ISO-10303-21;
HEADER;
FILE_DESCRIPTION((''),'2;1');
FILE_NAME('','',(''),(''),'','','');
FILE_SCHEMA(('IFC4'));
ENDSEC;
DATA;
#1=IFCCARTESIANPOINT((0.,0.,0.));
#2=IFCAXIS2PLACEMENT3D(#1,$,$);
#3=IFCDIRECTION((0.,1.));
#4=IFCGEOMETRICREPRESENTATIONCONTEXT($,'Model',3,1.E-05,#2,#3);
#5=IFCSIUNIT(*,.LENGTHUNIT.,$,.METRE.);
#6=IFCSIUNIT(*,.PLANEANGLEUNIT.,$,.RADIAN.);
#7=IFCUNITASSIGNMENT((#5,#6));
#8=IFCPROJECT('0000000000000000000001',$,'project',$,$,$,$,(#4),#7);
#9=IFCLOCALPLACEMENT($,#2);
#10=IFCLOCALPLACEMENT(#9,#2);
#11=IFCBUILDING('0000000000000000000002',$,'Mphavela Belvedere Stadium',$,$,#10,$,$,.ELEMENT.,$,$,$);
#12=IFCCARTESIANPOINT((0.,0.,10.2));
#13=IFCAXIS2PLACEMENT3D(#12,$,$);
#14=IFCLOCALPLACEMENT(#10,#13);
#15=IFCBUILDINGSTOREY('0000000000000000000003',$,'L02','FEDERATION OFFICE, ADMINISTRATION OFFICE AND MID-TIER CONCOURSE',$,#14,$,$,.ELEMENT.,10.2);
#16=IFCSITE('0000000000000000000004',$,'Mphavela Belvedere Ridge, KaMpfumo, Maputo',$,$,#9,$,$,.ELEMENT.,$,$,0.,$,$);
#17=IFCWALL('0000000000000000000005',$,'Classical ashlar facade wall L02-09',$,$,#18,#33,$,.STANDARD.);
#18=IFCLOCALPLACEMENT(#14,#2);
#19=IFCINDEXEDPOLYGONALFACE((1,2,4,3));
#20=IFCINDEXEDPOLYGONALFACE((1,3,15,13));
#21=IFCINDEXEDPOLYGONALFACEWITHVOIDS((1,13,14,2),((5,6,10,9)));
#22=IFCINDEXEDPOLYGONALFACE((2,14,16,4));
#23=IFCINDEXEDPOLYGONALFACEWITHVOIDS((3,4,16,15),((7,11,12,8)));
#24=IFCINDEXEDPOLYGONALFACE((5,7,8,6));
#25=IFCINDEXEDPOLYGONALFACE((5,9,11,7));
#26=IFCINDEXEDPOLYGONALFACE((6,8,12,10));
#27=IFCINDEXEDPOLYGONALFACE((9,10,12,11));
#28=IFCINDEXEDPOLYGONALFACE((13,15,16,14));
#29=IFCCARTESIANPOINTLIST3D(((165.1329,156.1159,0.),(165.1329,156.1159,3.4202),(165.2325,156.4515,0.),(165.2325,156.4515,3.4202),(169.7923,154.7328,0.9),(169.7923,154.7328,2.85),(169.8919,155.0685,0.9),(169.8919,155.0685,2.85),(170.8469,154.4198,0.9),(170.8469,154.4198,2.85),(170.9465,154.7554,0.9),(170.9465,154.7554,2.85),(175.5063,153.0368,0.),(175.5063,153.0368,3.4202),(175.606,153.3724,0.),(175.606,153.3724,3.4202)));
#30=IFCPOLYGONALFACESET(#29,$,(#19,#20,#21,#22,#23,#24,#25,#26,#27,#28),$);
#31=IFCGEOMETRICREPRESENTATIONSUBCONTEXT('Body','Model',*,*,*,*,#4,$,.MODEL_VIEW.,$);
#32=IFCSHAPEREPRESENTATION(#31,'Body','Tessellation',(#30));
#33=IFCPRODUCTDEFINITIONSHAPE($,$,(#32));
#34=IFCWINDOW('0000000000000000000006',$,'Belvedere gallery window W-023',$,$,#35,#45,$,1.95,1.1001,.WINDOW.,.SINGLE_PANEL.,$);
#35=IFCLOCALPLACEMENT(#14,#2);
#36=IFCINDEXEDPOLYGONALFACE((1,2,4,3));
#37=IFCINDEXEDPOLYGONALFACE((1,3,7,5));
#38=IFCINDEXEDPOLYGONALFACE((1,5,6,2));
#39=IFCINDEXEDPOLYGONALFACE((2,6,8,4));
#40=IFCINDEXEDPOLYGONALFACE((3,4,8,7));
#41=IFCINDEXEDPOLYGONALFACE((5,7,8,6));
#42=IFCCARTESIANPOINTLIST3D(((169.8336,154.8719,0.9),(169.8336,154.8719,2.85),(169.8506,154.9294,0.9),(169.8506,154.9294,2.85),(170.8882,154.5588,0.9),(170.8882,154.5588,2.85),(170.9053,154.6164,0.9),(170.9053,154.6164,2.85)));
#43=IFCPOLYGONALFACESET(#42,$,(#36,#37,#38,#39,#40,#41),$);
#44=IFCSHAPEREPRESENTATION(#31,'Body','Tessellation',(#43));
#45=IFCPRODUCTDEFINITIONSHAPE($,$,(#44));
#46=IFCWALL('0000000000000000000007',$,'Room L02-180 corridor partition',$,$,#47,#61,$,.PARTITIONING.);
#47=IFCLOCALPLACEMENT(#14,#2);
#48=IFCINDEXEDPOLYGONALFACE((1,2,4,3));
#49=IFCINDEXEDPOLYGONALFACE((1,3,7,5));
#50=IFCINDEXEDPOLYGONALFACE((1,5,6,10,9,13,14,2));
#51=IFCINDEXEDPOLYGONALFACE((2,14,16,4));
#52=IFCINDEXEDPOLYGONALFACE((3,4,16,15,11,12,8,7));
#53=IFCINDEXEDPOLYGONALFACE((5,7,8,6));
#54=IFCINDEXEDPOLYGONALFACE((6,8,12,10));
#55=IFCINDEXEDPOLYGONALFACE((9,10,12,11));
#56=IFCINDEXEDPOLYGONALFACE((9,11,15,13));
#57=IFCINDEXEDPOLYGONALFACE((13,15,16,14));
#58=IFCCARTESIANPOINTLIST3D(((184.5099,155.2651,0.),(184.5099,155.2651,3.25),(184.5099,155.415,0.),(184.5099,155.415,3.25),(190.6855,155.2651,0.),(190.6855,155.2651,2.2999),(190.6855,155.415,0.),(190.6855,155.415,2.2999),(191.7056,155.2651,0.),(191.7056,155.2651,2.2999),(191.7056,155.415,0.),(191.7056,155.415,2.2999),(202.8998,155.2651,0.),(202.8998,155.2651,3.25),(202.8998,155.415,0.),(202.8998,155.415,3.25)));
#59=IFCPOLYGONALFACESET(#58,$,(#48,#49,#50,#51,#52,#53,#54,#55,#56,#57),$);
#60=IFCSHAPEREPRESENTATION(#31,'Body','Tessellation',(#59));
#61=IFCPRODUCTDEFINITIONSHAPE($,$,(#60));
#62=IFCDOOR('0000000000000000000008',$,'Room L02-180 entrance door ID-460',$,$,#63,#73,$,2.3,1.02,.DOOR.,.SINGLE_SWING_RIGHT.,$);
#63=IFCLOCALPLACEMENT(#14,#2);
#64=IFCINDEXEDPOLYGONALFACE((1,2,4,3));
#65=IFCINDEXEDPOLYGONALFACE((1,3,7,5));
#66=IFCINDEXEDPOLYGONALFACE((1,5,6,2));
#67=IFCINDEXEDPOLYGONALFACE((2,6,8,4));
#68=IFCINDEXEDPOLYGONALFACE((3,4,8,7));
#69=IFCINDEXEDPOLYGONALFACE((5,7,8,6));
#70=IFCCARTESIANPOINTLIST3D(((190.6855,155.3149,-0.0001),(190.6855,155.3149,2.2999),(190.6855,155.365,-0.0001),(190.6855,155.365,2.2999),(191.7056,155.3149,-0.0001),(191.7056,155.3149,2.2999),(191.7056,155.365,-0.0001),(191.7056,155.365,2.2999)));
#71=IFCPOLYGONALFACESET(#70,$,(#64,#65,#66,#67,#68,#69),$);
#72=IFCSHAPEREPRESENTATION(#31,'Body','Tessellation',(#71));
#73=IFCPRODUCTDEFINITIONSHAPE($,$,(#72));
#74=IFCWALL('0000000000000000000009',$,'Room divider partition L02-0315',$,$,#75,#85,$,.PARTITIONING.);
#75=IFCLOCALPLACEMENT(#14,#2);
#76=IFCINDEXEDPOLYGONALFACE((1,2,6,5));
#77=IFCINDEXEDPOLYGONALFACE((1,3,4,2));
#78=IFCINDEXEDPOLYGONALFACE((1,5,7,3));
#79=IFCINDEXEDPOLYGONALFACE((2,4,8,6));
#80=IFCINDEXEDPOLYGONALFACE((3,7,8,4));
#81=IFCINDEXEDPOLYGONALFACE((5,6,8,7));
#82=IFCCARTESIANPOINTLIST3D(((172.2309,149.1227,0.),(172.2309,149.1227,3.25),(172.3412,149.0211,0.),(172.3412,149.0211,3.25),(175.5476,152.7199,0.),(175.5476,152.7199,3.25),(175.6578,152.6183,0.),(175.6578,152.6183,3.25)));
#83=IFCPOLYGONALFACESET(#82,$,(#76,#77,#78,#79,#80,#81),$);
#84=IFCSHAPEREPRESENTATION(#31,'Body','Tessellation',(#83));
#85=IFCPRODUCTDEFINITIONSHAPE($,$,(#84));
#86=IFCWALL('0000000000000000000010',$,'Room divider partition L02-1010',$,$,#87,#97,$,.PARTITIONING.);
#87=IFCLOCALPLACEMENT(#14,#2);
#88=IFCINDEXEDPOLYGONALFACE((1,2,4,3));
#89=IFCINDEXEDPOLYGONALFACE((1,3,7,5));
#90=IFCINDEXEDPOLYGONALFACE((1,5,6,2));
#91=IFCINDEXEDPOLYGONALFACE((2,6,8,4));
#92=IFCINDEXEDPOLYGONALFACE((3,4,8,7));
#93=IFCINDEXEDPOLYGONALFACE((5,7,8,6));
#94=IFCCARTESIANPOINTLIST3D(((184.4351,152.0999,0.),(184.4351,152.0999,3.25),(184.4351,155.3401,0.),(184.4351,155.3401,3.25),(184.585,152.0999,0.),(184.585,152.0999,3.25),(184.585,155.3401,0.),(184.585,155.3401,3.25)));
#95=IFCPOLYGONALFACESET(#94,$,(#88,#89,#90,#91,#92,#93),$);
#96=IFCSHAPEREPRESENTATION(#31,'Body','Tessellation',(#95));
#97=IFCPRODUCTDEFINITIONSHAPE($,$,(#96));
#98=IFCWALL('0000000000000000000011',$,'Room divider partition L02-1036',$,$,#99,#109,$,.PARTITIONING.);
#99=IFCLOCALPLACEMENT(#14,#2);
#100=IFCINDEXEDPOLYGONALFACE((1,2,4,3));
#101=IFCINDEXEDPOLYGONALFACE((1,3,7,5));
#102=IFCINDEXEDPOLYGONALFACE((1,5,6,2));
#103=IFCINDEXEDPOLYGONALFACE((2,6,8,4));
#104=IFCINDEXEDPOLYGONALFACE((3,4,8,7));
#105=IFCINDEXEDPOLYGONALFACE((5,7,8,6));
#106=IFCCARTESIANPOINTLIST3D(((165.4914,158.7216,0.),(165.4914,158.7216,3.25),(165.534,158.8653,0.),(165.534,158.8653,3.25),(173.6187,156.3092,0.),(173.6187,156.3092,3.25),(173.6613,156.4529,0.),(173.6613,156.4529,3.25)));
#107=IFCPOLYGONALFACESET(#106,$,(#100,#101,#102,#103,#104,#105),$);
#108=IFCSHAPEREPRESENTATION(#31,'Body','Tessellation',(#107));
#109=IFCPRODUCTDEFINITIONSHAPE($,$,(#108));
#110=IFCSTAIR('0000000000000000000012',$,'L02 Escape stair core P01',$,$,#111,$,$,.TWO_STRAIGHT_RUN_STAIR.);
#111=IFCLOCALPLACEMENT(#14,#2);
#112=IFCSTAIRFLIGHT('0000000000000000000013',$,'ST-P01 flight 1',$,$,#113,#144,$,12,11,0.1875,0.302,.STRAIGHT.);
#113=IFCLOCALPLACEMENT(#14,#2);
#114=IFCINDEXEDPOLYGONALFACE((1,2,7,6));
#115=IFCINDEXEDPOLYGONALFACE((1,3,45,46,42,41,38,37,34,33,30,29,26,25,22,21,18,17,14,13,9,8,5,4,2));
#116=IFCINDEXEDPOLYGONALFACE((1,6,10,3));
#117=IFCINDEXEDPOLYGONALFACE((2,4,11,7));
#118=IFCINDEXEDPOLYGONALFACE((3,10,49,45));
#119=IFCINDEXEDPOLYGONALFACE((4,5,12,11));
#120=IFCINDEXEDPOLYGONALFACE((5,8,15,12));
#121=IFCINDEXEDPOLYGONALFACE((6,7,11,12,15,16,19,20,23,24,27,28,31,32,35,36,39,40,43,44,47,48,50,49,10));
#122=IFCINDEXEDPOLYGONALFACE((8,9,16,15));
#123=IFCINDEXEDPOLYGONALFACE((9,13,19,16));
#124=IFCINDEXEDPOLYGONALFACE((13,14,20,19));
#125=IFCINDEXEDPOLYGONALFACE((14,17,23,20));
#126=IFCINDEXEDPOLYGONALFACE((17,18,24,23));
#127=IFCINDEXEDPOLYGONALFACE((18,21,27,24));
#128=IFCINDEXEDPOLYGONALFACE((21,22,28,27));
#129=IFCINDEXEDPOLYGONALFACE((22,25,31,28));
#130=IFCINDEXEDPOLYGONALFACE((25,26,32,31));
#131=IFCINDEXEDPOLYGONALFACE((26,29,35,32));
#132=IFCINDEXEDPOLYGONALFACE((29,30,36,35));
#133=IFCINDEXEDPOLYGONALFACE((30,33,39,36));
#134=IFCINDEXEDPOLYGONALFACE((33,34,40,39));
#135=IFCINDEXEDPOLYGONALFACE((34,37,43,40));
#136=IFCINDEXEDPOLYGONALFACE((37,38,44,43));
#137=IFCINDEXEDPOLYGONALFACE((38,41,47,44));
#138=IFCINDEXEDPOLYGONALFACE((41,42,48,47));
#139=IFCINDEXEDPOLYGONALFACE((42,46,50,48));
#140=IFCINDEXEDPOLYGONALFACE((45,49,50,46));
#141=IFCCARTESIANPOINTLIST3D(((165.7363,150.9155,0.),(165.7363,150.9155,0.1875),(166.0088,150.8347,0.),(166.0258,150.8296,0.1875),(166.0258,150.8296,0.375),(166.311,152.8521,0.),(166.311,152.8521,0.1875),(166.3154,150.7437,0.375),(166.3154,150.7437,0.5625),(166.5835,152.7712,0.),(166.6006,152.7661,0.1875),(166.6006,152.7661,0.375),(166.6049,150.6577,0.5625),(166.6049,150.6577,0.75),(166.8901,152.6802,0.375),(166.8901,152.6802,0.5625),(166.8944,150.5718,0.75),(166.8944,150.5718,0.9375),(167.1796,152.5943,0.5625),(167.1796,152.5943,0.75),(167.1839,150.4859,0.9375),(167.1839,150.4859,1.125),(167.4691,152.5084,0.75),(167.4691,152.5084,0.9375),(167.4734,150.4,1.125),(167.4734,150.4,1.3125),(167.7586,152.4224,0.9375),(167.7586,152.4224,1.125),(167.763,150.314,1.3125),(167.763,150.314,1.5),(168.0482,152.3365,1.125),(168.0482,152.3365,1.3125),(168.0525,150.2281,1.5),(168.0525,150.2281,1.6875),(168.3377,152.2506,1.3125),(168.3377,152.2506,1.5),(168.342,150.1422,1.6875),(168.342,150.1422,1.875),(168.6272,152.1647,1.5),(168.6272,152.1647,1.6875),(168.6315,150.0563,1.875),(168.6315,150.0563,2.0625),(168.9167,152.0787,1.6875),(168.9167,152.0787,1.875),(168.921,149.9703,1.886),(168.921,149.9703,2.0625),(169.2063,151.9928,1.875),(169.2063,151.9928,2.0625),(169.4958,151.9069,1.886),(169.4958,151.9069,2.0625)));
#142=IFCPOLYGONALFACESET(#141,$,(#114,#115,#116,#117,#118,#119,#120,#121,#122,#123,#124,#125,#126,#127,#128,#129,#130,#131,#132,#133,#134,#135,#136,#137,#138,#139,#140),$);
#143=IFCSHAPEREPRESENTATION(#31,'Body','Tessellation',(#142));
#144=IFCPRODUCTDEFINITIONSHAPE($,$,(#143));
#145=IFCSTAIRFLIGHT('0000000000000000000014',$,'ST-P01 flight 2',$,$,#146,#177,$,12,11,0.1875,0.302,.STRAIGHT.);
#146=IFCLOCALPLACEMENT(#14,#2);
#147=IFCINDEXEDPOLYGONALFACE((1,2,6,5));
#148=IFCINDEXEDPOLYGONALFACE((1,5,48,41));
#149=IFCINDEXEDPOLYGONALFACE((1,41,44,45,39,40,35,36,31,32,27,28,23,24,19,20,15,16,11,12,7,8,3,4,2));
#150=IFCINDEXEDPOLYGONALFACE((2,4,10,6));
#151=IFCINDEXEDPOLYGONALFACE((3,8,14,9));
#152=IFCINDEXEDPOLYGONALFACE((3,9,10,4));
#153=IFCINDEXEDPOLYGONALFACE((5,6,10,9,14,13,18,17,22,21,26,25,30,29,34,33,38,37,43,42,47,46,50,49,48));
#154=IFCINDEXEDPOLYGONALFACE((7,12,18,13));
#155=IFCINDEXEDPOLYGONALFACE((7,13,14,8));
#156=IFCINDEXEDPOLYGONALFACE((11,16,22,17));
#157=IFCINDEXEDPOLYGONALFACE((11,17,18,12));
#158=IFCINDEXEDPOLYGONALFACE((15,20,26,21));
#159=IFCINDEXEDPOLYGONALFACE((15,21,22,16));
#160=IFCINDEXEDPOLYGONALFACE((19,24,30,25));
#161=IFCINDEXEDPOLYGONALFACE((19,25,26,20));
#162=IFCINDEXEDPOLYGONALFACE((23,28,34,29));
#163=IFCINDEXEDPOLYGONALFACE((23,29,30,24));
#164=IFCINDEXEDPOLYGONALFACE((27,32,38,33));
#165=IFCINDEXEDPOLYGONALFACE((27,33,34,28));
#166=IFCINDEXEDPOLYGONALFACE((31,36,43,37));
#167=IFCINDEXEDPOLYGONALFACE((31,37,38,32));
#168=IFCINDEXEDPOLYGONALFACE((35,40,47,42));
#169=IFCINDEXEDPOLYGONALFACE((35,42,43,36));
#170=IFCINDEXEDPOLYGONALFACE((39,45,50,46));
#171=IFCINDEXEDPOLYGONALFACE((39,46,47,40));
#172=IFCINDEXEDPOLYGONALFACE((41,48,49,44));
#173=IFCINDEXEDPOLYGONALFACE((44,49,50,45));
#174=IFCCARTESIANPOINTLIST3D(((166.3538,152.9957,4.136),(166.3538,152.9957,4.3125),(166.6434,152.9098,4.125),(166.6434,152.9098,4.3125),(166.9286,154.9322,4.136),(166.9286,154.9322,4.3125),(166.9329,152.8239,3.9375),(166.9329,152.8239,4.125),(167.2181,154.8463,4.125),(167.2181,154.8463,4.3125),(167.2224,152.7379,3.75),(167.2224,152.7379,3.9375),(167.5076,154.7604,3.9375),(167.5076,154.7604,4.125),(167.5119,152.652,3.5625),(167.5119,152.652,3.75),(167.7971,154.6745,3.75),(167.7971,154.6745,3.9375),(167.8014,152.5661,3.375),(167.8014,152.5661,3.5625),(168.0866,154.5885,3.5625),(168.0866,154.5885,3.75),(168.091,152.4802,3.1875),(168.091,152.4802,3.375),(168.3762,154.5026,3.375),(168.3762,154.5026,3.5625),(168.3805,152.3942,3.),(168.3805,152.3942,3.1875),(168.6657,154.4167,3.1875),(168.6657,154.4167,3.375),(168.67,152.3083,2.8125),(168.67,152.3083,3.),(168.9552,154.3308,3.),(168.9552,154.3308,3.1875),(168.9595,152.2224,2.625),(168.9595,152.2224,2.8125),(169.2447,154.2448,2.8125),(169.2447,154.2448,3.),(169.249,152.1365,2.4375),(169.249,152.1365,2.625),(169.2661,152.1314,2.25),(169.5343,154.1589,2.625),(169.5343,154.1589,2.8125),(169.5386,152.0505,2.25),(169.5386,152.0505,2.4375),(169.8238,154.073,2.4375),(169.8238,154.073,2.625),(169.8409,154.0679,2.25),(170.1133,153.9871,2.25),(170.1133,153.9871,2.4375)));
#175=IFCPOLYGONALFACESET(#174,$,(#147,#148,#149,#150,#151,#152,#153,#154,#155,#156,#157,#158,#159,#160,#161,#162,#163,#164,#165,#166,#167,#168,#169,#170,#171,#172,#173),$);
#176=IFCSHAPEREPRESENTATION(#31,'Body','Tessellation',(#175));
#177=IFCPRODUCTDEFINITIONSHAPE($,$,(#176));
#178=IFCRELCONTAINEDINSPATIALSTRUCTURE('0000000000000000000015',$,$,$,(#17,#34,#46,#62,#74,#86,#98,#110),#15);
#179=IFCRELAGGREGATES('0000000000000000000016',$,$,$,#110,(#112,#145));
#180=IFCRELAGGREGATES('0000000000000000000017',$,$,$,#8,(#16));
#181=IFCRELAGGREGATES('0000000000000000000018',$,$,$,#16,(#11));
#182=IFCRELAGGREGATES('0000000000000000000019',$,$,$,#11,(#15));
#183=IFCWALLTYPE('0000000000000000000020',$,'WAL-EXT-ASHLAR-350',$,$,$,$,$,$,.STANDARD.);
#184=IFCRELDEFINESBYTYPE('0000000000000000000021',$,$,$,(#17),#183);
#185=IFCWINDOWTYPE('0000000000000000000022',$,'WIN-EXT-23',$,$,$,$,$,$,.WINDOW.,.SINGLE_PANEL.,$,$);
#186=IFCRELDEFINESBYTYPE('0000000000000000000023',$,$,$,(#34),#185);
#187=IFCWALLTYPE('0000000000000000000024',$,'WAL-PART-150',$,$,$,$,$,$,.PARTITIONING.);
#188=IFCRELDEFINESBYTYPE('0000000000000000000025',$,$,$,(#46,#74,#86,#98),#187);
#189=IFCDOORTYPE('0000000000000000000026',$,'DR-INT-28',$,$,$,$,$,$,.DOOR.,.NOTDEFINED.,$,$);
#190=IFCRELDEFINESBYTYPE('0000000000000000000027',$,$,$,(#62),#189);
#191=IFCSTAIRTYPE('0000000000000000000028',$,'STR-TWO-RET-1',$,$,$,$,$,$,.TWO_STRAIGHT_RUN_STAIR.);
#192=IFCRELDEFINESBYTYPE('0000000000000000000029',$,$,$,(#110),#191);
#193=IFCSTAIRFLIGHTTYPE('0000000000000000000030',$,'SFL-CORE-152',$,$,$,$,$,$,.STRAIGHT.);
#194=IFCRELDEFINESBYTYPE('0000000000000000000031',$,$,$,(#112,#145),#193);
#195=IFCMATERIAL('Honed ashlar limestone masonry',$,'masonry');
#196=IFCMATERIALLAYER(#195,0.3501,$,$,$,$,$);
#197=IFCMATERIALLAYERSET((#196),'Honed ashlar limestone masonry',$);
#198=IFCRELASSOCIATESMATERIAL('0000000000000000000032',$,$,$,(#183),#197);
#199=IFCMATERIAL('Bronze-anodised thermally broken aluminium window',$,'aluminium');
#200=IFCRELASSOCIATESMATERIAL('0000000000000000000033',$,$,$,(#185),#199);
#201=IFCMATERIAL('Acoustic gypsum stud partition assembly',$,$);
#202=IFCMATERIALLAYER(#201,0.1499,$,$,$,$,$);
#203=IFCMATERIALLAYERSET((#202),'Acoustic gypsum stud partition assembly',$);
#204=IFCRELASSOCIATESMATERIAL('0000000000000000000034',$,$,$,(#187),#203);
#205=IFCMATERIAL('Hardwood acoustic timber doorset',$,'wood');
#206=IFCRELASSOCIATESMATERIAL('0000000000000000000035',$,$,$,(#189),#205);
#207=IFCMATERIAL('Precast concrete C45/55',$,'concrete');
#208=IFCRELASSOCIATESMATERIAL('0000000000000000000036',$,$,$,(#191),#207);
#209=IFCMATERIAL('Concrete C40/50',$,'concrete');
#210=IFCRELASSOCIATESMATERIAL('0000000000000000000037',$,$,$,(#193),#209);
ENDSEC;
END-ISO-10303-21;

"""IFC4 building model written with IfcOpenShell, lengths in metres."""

from ifc_helpers import new_model, si_unit, direction, frame, frame_2d, origin, place, context, subcontext, project, spatial, polyline, rectangle, outline, extrude, material, layer, layer_set, type_object, element, fill, aggregate, save


model = new_model("IFC4")

# Units and contexts
model_context = context("Model", 3, precision=1e-05, world=origin(), true_north=direction((0.0, 1.0)))
body_context = subcontext(model_context, "Body", "Model", "MODEL_VIEW")
ifc_project = project(units=[si_unit("LENGTHUNIT", "METRE"), si_unit("PLANEANGLEUNIT", "RADIAN")], contexts=[model_context])

# Site, building, storey
site_placement = place(None, origin())
site = spatial("IfcSite", under=ifc_project, at=site_placement, Name="Mphavela Belvedere Ridge, KaMpfumo, Maputo", CompositionType="ELEMENT", RefElevation=0.0)
building_placement = place(site_placement, origin())
building = spatial("IfcBuilding", under=site, at=building_placement, Name="Mphavela Belvedere Stadium", CompositionType="ELEMENT")
storey_placement = place(building_placement, frame((0.0, 0.0, 10.2)))
storey = spatial("IfcBuildingStorey", under=building, at=storey_placement, Name="L02", Description="FEDERATION OFFICE, ADMINISTRATION OFFICE AND MID-TIER CONCOURSE", CompositionType="ELEMENT", Elevation=10.2)

# Shared definitions
ifc_material_1 = material(Name="Honed ashlar limestone masonry", Category="masonry")
ifc_layer_1 = layer(ifc_material_1, 0.3501)
ifc_layer_set_1 = layer_set([ifc_layer_1], Name="Honed ashlar limestone masonry")
wall_type_1 = type_object("IfcWallType", Name="WAL-EXT-ASHLAR-350", PredefinedType="STANDARD", material=ifc_layer_set_1)

# Wall, opening, window
wall_1_placement = place(storey_placement, frame((175.5562, 153.2046, 0.0), z_axis=(0.0, 0.0, 1.0), x_axis=(-0.958661, 0.284552, 0.0)))
wall_1 = element("IfcWall", 1, at=wall_1_placement, inside=storey, type_object=wall_type_1, Name="Classical ashlar facade wall L02-09", PredefinedType="STANDARD", context=body_context, shape_type="SweptSolid", body=[
    extrude(rectangle(XDim=10.8208, YDim=0.3501, at=frame_2d((5.4104, 0.0))), origin(), (0.0, 0.0, 1.0), 3.4202),
])
opening_1_placement = place(wall_1_placement, frame((4.8604, 0.0, 0.8999)))
opening_1 = element("IfcOpeningElement", 2, at=opening_1_placement, cuts=wall_1, PredefinedType="OPENING", context=body_context, shape_type="SweptSolid", body=[
    extrude(rectangle(XDim=1.1001, YDim=1.95, at=frame_2d((0.55, 0.9751))), frame((0.0, 0.1851, 0.0), z_axis=(0.0, -1.0, 0.0), x_axis=(1.0, 0.0, 0.0)), (0.0, 0.0, 1.0), 0.3701),
])
ifc_material_2 = material(Name="Bronze-anodised thermally broken aluminium window", Category="aluminium")
window_type = type_object("IfcWindowType", Name="WIN-EXT-23", PartitioningType="SINGLE_PANEL", PredefinedType="WINDOW", material=ifc_material_2)
window_placement = place(opening_1_placement, origin())
window = element("IfcWindow", 3, at=window_placement, inside=storey, type_object=window_type, Name="Belvedere gallery window W-023", OverallHeight=1.95, OverallWidth=1.1001, PartitioningType="SINGLE_PANEL", PredefinedType="WINDOW", context=body_context, shape_type="SweptSolid", body=[
    extrude(rectangle(XDim=1.1001, YDim=1.95, at=frame_2d((0.55, 0.9751))), frame((0.0, 0.03, 0.0), z_axis=(0.0, -1.0, 0.0), x_axis=(1.0, 0.0, 0.0)), (0.0, 0.0, 1.0), 0.0601),
])
fill(opening_1, window)

# Wall, opening, door
ifc_material_3 = material(Name="Acoustic gypsum stud partition assembly")
ifc_layer_2 = layer(ifc_material_3, 0.1499)
ifc_layer_set_2 = layer_set([ifc_layer_2], Name="Acoustic gypsum stud partition assembly")
wall_type_2 = type_object("IfcWallType", Name="WAL-PART-150", PredefinedType="PARTITIONING", material=ifc_layer_set_2)
wall_2_placement = place(storey_placement, frame((184.51, 155.3401, 0.0), z_axis=(0.0, 0.0, 1.0), x_axis=(1.0, 0.0, 0.0)))
wall_2 = element("IfcWall", 4, at=wall_2_placement, inside=storey, type_object=wall_type_2, Name="Room L02-180 corridor partition", PredefinedType="PARTITIONING", context=body_context, shape_type="SweptSolid", body=[
    extrude(rectangle(XDim=18.3899, YDim=0.1499, at=frame_2d((9.1948, 0.0))), origin(), (0.0, 0.0, 1.0), 3.25),
])
opening_2_placement = place(wall_2_placement, frame((6.1755, 0.0, 0.0)))
opening_2 = element("IfcOpeningElement", 5, at=opening_2_placement, cuts=wall_2, PredefinedType="OPENING", context=body_context, shape_type="SweptSolid", body=[
    extrude(rectangle(XDim=1.02, YDim=2.3, at=frame_2d((0.51, 1.1499))), frame((0.0, 0.085, 0.0), z_axis=(0.0, -1.0, 0.0), x_axis=(1.0, 0.0, 0.0)), (0.0, 0.0, 1.0), 0.1699),
])
ifc_material_4 = material(Name="Hardwood acoustic timber doorset", Category="wood")
door_type_1 = type_object("IfcDoorType", Name="DR-INT-28", OperationType="NOTDEFINED", PredefinedType="DOOR", material=ifc_material_4)
door_1_placement = place(opening_2_placement, origin())
door_1 = element("IfcDoor", 6, at=door_1_placement, inside=storey, type_object=door_type_1, Name="Room L02-180 entrance door ID-460", OperationType="SINGLE_SWING_RIGHT", OverallHeight=2.3, OverallWidth=1.02, PredefinedType="DOOR", context=body_context, shape_type="SweptSolid", body=[
    extrude(rectangle(XDim=1.02, YDim=2.3, at=frame_2d((0.51, 1.1499))), frame((0.0, 0.0249, 0.0), z_axis=(0.0, -1.0, 0.0), x_axis=(1.0, 0.0, 0.0)), (0.0, 0.0, 1.0), 0.05),
])
fill(opening_2, door_1)

# Walls
wall_3_placement = place(storey_placement, frame((172.2861, 149.072, 0.0), z_axis=(0.0, 0.0, 1.0), x_axis=(0.677859, 0.735192, 0.0)))
element("IfcWall", 7, at=wall_3_placement, inside=storey, type_object=wall_type_2, Name="Room divider partition L02-0315", PredefinedType="PARTITIONING", context=body_context, shape_type="SweptSolid", body=[
    extrude(rectangle(XDim=4.8928, YDim=0.1499, at=frame_2d((2.4463, 0.0))), origin(), (0.0, 0.0, 1.0), 3.25),
])
wall_4_placement = place(storey_placement, frame((184.51, 152.0999, 0.0), z_axis=(0.0, 0.0, 1.0), x_axis=(0.0, 1.0, 0.0)))
element("IfcWall", 8, at=wall_4_placement, inside=storey, type_object=wall_type_2, Name="Room divider partition L02-1010", PredefinedType="PARTITIONING", context=body_context, shape_type="SweptSolid", body=[
    extrude(rectangle(XDim=3.2402, YDim=0.1499, at=frame_2d((1.6201, 0.0))), origin(), (0.0, 0.0, 1.0), 3.25),
])
wall_5_placement = place(storey_placement, frame((173.6399, 156.3811, 0.0), z_axis=(0.0, 0.0, 1.0), x_axis=(-0.95866, 0.284554, 0.0)))
element("IfcWall", 9, at=wall_5_placement, inside=storey, type_object=wall_type_2, Name="Room divider partition L02-1036", PredefinedType="PARTITIONING", context=body_context, shape_type="SweptSolid", body=[
    extrude(rectangle(XDim=8.4778, YDim=0.1499, at=frame_2d((4.2388, 0.0))), origin(), (0.0, 0.0, 1.0), 3.25),
])

# Stair, stair flights
ifc_material_5 = material(Name="Precast concrete C45/55", Category="concrete")
stair_type = type_object("IfcStairType", Name="STR-TWO-RET-1", PredefinedType="TWO_STRAIGHT_RUN_STAIR", material=ifc_material_5)
stair_placement = place(storey_placement, origin())
stair = element("IfcStair", 10, at=stair_placement, inside=storey, type_object=stair_type, Name="L02 Escape stair core P01", PredefinedType="TWO_STRAIGHT_RUN_STAIR")
ifc_material_6 = material(Name="Concrete C40/50", Category="concrete")
stair_flight_type = type_object("IfcStairFlightType", Name="SFL-CORE-152", PredefinedType="STRAIGHT", material=ifc_material_6)
stair_flight_1_placement = place(storey_placement, frame((166.0237, 151.8838, 0.0), z_axis=(0.0, 0.0, 1.0), x_axis=(0.958671, -0.284517, 0.0)))
stair_flight_1 = element("IfcStairFlight", 11, at=stair_flight_1_placement, type_object=stair_flight_type, Name="ST-P01 flight 1", NumberOfRisers=12, NumberOfTreads=11, PredefinedType="STRAIGHT", RiserHeight=0.1875, TreadLength=0.302, context=body_context, shape_type="SweptSolid", body=[
    extrude(outline(polyline([(0.0, 0.0), (0.0, 0.1875), (0.302, 0.1875), (0.302, 0.375), (0.604, 0.375), (0.604, 0.5625), (0.906, 0.5625), (0.906, 0.75), (1.208, 0.75), (1.208, 0.9375), (1.51, 0.9375), (1.51, 1.125), (1.812, 1.125), (1.812, 1.3125), (2.114, 1.3125), (2.114, 1.5), (2.416, 1.5), (2.416, 1.6875), (2.718, 1.6875), (2.718, 1.875), (3.02, 1.875), (3.02, 2.0625), (3.322, 2.0625), (3.322, 2.25), (3.322, 1.886), (0.2842, 0.0), (0.0, 0.0)])), frame((0.0, 1.01, 0.0), z_axis=(0.0, -1.0, 0.0), x_axis=(1.0, 0.0, 0.0)), (0.0, 0.0, 1.0), 2.02),
])
stair_flight_2_placement = place(storey_placement, frame((169.8259, 153.0188, 2.25), z_axis=(0.0, 0.0, 1.0), x_axis=(-0.958671, 0.284517, 0.0)))
stair_flight_2 = element("IfcStairFlight", 12, at=stair_flight_2_placement, type_object=stair_flight_type, Name="ST-P01 flight 2", NumberOfRisers=12, NumberOfTreads=11, PredefinedType="STRAIGHT", RiserHeight=0.1875, TreadLength=0.302, context=body_context, shape_type="SweptSolid", body=[
    extrude(outline(polyline([(0.0, 0.0), (0.0, 0.1875), (0.302, 0.1875), (0.302, 0.375), (0.604, 0.375), (0.604, 0.5625), (0.906, 0.5625), (0.906, 0.75), (1.208, 0.75), (1.208, 0.9375), (1.51, 0.9375), (1.51, 1.125), (1.812, 1.125), (1.812, 1.3125), (2.114, 1.3125), (2.114, 1.5), (2.416, 1.5), (2.416, 1.6875), (2.718, 1.6875), (2.718, 1.875), (3.02, 1.875), (3.02, 2.0625), (3.322, 2.0625), (3.322, 2.25), (3.322, 1.886), (0.2842, 0.0), (0.0, 0.0)])), frame((0.0, 1.01, 0.0), z_axis=(0.0, -1.0, 0.0), x_axis=(1.0, 0.0, 0.0)), (0.0, 0.0, 1.0), 2.02),
])
aggregate(stair, [stair_flight_1, stair_flight_2])

save(model, "model.ifc")
